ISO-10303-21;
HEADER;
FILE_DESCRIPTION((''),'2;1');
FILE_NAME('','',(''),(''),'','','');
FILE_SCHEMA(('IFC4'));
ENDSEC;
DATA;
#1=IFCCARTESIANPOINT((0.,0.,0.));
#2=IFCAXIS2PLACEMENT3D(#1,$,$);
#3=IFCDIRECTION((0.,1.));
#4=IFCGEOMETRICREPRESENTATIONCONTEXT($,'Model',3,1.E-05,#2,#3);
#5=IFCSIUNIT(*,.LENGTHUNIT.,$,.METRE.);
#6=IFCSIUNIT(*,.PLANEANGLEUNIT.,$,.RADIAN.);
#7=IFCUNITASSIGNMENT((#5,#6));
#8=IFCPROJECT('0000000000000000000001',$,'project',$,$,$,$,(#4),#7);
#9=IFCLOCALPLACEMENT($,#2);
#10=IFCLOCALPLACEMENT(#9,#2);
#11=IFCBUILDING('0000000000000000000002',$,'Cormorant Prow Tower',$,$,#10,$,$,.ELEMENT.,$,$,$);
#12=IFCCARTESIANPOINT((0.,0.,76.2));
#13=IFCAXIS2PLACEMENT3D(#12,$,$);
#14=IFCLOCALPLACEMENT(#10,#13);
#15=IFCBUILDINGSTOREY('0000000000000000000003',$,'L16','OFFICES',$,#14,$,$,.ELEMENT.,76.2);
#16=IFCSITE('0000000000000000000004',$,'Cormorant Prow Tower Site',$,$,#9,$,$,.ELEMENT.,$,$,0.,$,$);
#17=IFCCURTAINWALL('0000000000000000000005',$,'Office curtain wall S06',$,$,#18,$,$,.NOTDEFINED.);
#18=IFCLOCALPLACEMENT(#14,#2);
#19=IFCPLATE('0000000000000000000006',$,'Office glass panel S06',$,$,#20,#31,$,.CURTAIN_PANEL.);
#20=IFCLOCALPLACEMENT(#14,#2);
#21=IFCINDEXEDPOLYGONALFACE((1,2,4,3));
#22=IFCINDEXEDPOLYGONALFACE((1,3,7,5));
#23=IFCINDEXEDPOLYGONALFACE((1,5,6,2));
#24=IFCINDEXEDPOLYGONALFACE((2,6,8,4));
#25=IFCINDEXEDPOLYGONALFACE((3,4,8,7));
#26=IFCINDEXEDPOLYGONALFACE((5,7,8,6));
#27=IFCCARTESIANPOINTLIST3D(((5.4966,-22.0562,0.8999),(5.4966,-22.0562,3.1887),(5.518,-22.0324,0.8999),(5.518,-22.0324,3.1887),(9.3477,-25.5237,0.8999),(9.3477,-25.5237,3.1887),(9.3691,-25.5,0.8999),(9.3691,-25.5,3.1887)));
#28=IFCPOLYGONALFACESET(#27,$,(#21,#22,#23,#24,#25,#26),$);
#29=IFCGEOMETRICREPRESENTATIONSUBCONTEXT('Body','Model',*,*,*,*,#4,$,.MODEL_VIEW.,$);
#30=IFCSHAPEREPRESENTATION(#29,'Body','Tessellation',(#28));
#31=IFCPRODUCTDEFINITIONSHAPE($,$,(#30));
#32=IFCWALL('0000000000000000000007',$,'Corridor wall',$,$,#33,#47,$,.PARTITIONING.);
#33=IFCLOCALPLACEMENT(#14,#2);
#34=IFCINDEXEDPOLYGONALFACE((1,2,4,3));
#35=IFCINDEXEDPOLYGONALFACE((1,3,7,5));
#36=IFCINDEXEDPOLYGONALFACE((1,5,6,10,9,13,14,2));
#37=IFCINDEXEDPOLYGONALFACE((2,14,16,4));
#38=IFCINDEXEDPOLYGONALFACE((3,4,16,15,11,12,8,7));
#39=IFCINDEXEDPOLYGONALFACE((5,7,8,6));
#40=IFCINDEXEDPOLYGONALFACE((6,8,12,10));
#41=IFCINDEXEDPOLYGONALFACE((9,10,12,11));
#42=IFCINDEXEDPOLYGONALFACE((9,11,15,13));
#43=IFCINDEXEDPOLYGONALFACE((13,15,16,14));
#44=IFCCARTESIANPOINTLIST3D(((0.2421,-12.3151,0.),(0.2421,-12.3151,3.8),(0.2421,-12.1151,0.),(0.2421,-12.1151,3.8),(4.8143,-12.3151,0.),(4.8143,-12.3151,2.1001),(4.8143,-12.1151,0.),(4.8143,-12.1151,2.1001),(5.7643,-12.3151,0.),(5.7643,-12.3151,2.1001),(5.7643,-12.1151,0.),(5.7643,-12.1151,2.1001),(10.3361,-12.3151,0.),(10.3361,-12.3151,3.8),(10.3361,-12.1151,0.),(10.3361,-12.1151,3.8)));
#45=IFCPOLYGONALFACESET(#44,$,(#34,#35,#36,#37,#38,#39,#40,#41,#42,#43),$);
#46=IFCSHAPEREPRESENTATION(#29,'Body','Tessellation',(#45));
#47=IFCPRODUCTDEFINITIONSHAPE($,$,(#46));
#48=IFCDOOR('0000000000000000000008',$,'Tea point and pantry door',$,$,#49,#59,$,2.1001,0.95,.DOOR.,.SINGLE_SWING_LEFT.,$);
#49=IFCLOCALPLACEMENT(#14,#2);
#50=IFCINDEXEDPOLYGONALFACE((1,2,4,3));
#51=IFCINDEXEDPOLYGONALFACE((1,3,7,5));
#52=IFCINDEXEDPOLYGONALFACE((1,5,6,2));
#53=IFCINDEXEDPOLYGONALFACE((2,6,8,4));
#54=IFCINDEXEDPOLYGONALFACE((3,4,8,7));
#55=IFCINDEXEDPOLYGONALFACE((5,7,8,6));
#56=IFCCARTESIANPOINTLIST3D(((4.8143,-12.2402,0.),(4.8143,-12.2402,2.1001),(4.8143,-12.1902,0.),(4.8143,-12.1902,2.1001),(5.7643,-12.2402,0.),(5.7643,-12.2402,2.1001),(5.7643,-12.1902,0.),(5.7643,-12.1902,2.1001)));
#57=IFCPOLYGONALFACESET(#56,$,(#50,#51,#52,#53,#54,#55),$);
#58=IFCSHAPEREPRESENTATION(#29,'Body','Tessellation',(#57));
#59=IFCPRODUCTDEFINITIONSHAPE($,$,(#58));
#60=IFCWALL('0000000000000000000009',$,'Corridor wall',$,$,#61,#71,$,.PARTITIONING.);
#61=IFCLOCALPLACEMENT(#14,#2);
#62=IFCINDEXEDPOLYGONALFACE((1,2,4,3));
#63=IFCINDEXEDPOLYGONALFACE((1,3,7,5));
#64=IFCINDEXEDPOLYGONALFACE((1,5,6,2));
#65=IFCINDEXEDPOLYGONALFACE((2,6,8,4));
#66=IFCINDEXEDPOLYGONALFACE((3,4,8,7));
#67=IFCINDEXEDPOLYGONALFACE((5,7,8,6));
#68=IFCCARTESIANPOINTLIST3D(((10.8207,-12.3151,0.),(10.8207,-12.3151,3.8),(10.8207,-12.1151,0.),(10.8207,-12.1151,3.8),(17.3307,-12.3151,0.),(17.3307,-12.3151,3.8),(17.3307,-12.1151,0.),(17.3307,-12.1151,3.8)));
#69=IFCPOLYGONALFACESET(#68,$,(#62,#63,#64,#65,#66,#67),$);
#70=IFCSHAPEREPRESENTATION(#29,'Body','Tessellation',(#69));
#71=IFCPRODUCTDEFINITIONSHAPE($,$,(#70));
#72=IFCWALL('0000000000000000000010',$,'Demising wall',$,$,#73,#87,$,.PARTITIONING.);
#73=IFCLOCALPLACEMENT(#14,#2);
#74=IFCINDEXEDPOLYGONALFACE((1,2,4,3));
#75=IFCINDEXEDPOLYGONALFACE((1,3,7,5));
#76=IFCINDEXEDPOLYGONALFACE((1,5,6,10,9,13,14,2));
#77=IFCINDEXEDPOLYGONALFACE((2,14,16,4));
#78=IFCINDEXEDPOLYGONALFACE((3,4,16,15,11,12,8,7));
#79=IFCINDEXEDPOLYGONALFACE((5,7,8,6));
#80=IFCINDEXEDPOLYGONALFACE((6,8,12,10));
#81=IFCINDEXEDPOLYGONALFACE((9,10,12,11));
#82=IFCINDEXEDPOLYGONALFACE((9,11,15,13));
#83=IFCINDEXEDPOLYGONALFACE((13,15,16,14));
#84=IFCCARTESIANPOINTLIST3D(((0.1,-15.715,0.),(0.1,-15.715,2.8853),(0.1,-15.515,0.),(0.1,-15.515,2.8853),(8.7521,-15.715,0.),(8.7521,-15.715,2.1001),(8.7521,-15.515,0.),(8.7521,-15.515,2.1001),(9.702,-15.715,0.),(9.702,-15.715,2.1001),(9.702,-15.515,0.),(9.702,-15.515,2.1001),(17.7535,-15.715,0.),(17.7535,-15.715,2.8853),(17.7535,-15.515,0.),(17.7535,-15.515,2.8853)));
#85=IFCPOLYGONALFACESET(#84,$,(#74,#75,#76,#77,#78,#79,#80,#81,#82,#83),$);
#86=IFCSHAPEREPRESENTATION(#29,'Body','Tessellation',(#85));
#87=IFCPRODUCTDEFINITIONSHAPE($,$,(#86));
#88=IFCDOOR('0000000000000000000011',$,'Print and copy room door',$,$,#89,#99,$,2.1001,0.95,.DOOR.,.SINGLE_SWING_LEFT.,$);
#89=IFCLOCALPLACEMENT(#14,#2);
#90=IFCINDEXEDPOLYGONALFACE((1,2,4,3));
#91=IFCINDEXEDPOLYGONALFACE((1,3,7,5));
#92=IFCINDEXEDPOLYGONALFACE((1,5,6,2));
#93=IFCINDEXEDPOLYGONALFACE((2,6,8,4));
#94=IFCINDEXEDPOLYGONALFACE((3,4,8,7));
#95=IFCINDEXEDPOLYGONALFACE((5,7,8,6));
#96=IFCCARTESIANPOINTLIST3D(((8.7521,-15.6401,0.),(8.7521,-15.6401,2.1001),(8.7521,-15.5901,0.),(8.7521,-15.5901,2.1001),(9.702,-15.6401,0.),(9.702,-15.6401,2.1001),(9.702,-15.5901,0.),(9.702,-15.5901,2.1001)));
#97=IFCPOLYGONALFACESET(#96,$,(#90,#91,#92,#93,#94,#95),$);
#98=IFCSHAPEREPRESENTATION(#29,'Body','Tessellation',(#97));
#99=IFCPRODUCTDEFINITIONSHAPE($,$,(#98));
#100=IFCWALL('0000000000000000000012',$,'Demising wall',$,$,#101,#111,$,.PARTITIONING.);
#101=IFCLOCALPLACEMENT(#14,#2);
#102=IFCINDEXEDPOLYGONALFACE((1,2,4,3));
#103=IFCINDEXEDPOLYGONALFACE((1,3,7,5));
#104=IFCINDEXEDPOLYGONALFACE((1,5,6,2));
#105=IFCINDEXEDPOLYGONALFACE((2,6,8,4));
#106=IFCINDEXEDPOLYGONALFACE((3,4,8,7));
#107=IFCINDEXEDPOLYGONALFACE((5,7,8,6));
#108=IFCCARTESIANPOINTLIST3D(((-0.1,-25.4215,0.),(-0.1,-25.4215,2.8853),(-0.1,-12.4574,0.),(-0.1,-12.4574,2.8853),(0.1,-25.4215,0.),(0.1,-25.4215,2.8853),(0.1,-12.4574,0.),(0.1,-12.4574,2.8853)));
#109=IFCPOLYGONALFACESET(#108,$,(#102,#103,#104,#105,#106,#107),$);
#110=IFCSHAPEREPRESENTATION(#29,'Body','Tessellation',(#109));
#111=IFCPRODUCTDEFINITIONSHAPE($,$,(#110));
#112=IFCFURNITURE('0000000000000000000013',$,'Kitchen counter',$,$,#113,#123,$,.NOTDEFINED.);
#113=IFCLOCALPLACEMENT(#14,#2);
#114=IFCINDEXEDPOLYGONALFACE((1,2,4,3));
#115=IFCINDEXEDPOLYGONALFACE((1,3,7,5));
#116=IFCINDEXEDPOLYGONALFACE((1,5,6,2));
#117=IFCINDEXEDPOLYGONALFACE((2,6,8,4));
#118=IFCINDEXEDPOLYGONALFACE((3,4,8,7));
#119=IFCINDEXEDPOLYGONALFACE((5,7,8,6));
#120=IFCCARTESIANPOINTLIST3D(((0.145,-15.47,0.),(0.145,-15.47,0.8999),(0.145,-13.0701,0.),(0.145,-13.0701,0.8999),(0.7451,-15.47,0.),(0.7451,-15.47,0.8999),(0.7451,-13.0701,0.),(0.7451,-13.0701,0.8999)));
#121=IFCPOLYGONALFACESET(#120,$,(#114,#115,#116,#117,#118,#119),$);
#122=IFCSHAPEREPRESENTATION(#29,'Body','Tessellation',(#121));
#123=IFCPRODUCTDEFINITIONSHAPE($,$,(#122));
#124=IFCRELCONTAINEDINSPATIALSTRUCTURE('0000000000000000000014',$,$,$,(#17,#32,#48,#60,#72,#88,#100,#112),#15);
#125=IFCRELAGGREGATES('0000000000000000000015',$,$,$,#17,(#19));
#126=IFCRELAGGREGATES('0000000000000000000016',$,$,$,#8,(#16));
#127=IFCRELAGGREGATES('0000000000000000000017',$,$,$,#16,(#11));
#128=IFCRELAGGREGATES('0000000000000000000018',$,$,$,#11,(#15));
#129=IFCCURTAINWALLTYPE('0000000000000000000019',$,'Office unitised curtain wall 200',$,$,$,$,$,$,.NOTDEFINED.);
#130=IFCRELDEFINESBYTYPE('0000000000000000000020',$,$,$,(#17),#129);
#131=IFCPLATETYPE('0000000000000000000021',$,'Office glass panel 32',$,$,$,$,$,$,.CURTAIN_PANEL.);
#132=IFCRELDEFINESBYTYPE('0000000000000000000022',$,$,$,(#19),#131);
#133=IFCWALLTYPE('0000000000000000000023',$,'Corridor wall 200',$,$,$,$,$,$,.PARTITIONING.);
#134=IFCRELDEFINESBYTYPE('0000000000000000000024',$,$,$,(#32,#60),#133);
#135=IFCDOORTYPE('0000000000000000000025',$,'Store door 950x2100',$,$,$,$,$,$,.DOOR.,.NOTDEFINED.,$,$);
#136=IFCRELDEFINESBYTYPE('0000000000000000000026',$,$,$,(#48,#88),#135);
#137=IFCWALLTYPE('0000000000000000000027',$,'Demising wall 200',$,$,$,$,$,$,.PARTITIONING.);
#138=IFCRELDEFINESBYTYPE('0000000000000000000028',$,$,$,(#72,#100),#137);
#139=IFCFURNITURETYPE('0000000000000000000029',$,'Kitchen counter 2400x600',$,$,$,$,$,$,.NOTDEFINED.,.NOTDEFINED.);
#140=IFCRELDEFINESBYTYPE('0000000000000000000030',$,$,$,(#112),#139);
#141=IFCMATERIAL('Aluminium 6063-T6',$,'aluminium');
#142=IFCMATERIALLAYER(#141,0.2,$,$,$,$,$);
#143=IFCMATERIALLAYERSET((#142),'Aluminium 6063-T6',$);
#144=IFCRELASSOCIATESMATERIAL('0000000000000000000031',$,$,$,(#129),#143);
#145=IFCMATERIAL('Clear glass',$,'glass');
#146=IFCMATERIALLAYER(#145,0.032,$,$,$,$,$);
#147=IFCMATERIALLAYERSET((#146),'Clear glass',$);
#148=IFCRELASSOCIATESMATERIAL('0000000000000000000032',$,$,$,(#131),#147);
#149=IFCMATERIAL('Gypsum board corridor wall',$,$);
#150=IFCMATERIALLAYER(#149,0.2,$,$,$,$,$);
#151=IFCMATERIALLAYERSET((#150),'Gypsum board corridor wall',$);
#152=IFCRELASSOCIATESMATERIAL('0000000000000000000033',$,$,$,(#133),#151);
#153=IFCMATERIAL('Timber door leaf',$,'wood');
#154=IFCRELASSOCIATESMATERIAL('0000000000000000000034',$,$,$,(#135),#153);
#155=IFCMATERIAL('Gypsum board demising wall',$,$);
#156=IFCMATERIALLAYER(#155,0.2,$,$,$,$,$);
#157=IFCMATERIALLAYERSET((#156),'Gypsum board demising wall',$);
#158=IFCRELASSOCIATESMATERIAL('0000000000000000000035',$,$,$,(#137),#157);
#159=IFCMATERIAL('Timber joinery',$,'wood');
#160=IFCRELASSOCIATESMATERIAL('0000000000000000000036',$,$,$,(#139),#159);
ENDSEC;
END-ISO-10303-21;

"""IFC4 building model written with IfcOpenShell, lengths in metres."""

from ifc_helpers import new_model, si_unit, direction, frame, frame_2d, origin, origin_2d, place, context, subcontext, project, spatial, rectangle, extrude, material, layer, layer_set, type_object, element, fill, aggregate, save


model = new_model("IFC4")

# Units and contexts
model_context = context("Model", 3, precision=1e-05, world=origin(), true_north=direction((0.0, 1.0)))
body_context = subcontext(model_context, "Body", "Model", "MODEL_VIEW")
ifc_project = project(units=[si_unit("LENGTHUNIT", "METRE"), si_unit("PLANEANGLEUNIT", "RADIAN")], contexts=[model_context])

# Site, building, storey
site_placement = place(None, origin())
site = spatial("IfcSite", under=ifc_project, at=site_placement, Name="Cormorant Prow Tower Site", CompositionType="ELEMENT", RefElevation=0.0)
building_placement = place(site_placement, origin())
building = spatial("IfcBuilding", under=site, at=building_placement, Name="Cormorant Prow Tower", CompositionType="ELEMENT")
storey_placement = place(building_placement, frame((0.0, 0.0, 76.2)))
storey = spatial("IfcBuildingStorey", under=building, at=storey_placement, Name="L16", Description="OFFICES", CompositionType="ELEMENT", Elevation=76.2)

# Curtain wall
ifc_material_1 = material(Name="Aluminium 6063-T6", Category="aluminium")
ifc_layer_1 = layer(ifc_material_1, 0.2)
ifc_layer_set_1 = layer_set([ifc_layer_1], Name="Aluminium 6063-T6")
curtain_wall_type = type_object("IfcCurtainWallType", Name="Office unitised curtain wall 200", PredefinedType="NOTDEFINED", material=ifc_layer_set_1)
curtain_wall_1_placement = place(storey_placement, origin())
curtain_wall_1 = element("IfcCurtainWall", 1, at=curtain_wall_1_placement, inside=storey, type_object=curtain_wall_type, Name="Office curtain wall S06", PredefinedType="NOTDEFINED")

# Plate
ifc_material_2 = material(Name="Clear glass", Category="glass")
ifc_layer_2 = layer(ifc_material_2, 0.032)
ifc_layer_set_2 = layer_set([ifc_layer_2], Name="Clear glass")
plate_type = type_object("IfcPlateType", Name="Office glass panel 32", PredefinedType="CURTAIN_PANEL", material=ifc_layer_set_2)
plate_placement = place(storey_placement, frame((7.4329, -23.7781, 0.8999), z_axis=(0.0, 0.0, 1.0), x_axis=(0.743145, -0.669131, 0.0)))
plate = element("IfcPlate", 2, at=plate_placement, type_object=plate_type, Name="Office glass panel S06", PredefinedType="CURTAIN_PANEL", context=body_context, shape_type="SweptSolid", body=[
    extrude(rectangle(XDim=5.1821, YDim=0.032, at=origin_2d()), origin(), (0.0, 0.0, 1.0), 2.2888),
])
aggregate(curtain_wall_1, [plate])

# Wall, opening, door
ifc_material_3 = material(Name="Gypsum board corridor wall")
ifc_layer_3 = layer(ifc_material_3, 0.2)
ifc_layer_set_3 = layer_set([ifc_layer_3], Name="Gypsum board corridor wall")
wall_type_1 = type_object("IfcWallType", Name="Corridor wall 200", PredefinedType="PARTITIONING", material=ifc_layer_set_3)
wall_1_placement = place(storey_placement, frame((0.2422, -12.2151, 0.0), z_axis=(0.0, 0.0, 1.0), x_axis=(1.0, 0.0, 0.0)))
wall_1 = element("IfcWall", 3, at=wall_1_placement, inside=storey, type_object=wall_type_1, Name="Corridor wall", PredefinedType="PARTITIONING", context=body_context, shape_type="SweptSolid", body=[
    extrude(rectangle(XDim=10.094, YDim=0.2, at=frame_2d((5.0469, 0.0))), origin(), (0.0, 0.0, 1.0), 3.8),
])
opening_1_placement = place(wall_1_placement, frame((4.572, 0.0, 0.0)))
opening_1 = element("IfcOpeningElement", 4, at=opening_1_placement, cuts=wall_1, PredefinedType="OPENING", context=body_context, shape_type="SweptSolid", body=[
    extrude(rectangle(XDim=0.95, YDim=2.1001, at=frame_2d((0.4751, 1.05))), frame((0.0, 0.1099, 0.0), z_axis=(0.0, -1.0, 0.0), x_axis=(1.0, 0.0, 0.0)), (0.0, 0.0, 1.0), 0.22),
])
ifc_material_4 = material(Name="Timber door leaf", Category="wood")
door_type_1 = type_object("IfcDoorType", Name="Store door 950x2100", OperationType="NOTDEFINED", PredefinedType="DOOR", material=ifc_material_4)
door_1_placement = place(opening_1_placement, origin())
door_1 = element("IfcDoor", 5, at=door_1_placement, inside=storey, type_object=door_type_1, Name="Tea point and pantry door", OperationType="SINGLE_SWING_LEFT", OverallHeight=2.1001, OverallWidth=0.95, PredefinedType="DOOR", context=body_context, shape_type="SweptSolid", body=[
    extrude(rectangle(XDim=0.95, YDim=2.1001, at=frame_2d((0.4751, 1.05))), frame((0.0, 0.0249, 0.0), z_axis=(0.0, -1.0, 0.0), x_axis=(1.0, 0.0, 0.0)), (0.0, 0.0, 1.0), 0.05),
])
fill(opening_1, door_1)

# Wall
wall_2_placement = place(storey_placement, frame((10.8208, -12.2151, 0.0), z_axis=(0.0, 0.0, 1.0), x_axis=(1.0, 0.0, 0.0)))
element("IfcWall", 6, at=wall_2_placement, inside=storey, type_object=wall_type_1, Name="Corridor wall", PredefinedType="PARTITIONING", context=body_context, shape_type="SweptSolid", body=[
    extrude(rectangle(XDim=6.51, YDim=0.2, at=frame_2d((3.2549, 0.0))), origin(), (0.0, 0.0, 1.0), 3.8),
])

# Wall, opening, door
ifc_material_5 = material(Name="Gypsum board demising wall")
ifc_layer_4 = layer(ifc_material_5, 0.2)
ifc_layer_set_4 = layer_set([ifc_layer_4], Name="Gypsum board demising wall")
wall_type_2 = type_object("IfcWallType", Name="Demising wall 200", PredefinedType="PARTITIONING", material=ifc_layer_set_4)
wall_3_placement = place(storey_placement, frame((0.1001, -15.615, 0.0), z_axis=(0.0, 0.0, 1.0), x_axis=(1.0, 0.0, 0.0)))
wall_3 = element("IfcWall", 7, at=wall_3_placement, inside=storey, type_object=wall_type_2, Name="Demising wall", PredefinedType="PARTITIONING", context=body_context, shape_type="SweptSolid", body=[
    extrude(rectangle(XDim=17.6536, YDim=0.2, at=frame_2d((8.8267, 0.0))), origin(), (0.0, 0.0, 1.0), 2.8853),
])
opening_2_placement = place(wall_3_placement, frame((8.6519, 0.0, 0.0)))
opening_2 = element("IfcOpeningElement", 8, at=opening_2_placement, cuts=wall_3, PredefinedType="OPENING", context=body_context, shape_type="SweptSolid", body=[
    extrude(rectangle(XDim=0.95, YDim=2.1001, at=frame_2d((0.4751, 1.05))), frame((0.0, 0.1099, 0.0), z_axis=(0.0, -1.0, 0.0), x_axis=(1.0, 0.0, 0.0)), (0.0, 0.0, 1.0), 0.22),
])
door_2_placement = place(opening_2_placement, origin())
door_2 = element("IfcDoor", 9, at=door_2_placement, inside=storey, type_object=door_type_1, Name="Print and copy room door", OperationType="SINGLE_SWING_LEFT", OverallHeight=2.1001, OverallWidth=0.95, PredefinedType="DOOR", context=body_context, shape_type="SweptSolid", body=[
    extrude(rectangle(XDim=0.95, YDim=2.1001, at=frame_2d((0.4751, 1.05))), frame((0.0, 0.0249, 0.0), z_axis=(0.0, -1.0, 0.0), x_axis=(1.0, 0.0, 0.0)), (0.0, 0.0, 1.0), 0.05),
])
fill(opening_2, door_2)

# Wall
wall_4_placement = place(storey_placement, frame((0.0, -25.4214, 0.0), z_axis=(0.0, 0.0, 1.0), x_axis=(0.0, 1.0, 0.0)))
element("IfcWall", 10, at=wall_4_placement, inside=storey, type_object=wall_type_2, Name="Demising wall", PredefinedType="PARTITIONING", context=body_context, shape_type="SweptSolid", body=[
    extrude(rectangle(XDim=12.9641, YDim=0.2, at=frame_2d((6.4819, 0.0))), origin(), (0.0, 0.0, 1.0), 2.8853),
])

# Furniture
ifc_material_6 = material(Name="Timber joinery", Category="wood")
furniture_type = type_object("IfcFurnitureType", Name="Kitchen counter 2400x600", AssemblyPlace="NOTDEFINED", PredefinedType="NOTDEFINED", material=ifc_material_6)
furniture_placement = place(storey_placement, frame((0.4451, -14.27, 0.0), z_axis=(0.0, 0.0, 1.0), x_axis=(0.0, 1.0, 0.0)))
element("IfcFurniture", 11, at=furniture_placement, inside=storey, type_object=furniture_type, Name="Kitchen counter", PredefinedType="NOTDEFINED", context=body_context, shape_type="SweptSolid", body=[
    extrude(rectangle(XDim=2.3999, YDim=0.6001, at=origin_2d()), origin(), (0.0, 0.0, 1.0), 0.8999),
])

save(model, "model.ifc")
